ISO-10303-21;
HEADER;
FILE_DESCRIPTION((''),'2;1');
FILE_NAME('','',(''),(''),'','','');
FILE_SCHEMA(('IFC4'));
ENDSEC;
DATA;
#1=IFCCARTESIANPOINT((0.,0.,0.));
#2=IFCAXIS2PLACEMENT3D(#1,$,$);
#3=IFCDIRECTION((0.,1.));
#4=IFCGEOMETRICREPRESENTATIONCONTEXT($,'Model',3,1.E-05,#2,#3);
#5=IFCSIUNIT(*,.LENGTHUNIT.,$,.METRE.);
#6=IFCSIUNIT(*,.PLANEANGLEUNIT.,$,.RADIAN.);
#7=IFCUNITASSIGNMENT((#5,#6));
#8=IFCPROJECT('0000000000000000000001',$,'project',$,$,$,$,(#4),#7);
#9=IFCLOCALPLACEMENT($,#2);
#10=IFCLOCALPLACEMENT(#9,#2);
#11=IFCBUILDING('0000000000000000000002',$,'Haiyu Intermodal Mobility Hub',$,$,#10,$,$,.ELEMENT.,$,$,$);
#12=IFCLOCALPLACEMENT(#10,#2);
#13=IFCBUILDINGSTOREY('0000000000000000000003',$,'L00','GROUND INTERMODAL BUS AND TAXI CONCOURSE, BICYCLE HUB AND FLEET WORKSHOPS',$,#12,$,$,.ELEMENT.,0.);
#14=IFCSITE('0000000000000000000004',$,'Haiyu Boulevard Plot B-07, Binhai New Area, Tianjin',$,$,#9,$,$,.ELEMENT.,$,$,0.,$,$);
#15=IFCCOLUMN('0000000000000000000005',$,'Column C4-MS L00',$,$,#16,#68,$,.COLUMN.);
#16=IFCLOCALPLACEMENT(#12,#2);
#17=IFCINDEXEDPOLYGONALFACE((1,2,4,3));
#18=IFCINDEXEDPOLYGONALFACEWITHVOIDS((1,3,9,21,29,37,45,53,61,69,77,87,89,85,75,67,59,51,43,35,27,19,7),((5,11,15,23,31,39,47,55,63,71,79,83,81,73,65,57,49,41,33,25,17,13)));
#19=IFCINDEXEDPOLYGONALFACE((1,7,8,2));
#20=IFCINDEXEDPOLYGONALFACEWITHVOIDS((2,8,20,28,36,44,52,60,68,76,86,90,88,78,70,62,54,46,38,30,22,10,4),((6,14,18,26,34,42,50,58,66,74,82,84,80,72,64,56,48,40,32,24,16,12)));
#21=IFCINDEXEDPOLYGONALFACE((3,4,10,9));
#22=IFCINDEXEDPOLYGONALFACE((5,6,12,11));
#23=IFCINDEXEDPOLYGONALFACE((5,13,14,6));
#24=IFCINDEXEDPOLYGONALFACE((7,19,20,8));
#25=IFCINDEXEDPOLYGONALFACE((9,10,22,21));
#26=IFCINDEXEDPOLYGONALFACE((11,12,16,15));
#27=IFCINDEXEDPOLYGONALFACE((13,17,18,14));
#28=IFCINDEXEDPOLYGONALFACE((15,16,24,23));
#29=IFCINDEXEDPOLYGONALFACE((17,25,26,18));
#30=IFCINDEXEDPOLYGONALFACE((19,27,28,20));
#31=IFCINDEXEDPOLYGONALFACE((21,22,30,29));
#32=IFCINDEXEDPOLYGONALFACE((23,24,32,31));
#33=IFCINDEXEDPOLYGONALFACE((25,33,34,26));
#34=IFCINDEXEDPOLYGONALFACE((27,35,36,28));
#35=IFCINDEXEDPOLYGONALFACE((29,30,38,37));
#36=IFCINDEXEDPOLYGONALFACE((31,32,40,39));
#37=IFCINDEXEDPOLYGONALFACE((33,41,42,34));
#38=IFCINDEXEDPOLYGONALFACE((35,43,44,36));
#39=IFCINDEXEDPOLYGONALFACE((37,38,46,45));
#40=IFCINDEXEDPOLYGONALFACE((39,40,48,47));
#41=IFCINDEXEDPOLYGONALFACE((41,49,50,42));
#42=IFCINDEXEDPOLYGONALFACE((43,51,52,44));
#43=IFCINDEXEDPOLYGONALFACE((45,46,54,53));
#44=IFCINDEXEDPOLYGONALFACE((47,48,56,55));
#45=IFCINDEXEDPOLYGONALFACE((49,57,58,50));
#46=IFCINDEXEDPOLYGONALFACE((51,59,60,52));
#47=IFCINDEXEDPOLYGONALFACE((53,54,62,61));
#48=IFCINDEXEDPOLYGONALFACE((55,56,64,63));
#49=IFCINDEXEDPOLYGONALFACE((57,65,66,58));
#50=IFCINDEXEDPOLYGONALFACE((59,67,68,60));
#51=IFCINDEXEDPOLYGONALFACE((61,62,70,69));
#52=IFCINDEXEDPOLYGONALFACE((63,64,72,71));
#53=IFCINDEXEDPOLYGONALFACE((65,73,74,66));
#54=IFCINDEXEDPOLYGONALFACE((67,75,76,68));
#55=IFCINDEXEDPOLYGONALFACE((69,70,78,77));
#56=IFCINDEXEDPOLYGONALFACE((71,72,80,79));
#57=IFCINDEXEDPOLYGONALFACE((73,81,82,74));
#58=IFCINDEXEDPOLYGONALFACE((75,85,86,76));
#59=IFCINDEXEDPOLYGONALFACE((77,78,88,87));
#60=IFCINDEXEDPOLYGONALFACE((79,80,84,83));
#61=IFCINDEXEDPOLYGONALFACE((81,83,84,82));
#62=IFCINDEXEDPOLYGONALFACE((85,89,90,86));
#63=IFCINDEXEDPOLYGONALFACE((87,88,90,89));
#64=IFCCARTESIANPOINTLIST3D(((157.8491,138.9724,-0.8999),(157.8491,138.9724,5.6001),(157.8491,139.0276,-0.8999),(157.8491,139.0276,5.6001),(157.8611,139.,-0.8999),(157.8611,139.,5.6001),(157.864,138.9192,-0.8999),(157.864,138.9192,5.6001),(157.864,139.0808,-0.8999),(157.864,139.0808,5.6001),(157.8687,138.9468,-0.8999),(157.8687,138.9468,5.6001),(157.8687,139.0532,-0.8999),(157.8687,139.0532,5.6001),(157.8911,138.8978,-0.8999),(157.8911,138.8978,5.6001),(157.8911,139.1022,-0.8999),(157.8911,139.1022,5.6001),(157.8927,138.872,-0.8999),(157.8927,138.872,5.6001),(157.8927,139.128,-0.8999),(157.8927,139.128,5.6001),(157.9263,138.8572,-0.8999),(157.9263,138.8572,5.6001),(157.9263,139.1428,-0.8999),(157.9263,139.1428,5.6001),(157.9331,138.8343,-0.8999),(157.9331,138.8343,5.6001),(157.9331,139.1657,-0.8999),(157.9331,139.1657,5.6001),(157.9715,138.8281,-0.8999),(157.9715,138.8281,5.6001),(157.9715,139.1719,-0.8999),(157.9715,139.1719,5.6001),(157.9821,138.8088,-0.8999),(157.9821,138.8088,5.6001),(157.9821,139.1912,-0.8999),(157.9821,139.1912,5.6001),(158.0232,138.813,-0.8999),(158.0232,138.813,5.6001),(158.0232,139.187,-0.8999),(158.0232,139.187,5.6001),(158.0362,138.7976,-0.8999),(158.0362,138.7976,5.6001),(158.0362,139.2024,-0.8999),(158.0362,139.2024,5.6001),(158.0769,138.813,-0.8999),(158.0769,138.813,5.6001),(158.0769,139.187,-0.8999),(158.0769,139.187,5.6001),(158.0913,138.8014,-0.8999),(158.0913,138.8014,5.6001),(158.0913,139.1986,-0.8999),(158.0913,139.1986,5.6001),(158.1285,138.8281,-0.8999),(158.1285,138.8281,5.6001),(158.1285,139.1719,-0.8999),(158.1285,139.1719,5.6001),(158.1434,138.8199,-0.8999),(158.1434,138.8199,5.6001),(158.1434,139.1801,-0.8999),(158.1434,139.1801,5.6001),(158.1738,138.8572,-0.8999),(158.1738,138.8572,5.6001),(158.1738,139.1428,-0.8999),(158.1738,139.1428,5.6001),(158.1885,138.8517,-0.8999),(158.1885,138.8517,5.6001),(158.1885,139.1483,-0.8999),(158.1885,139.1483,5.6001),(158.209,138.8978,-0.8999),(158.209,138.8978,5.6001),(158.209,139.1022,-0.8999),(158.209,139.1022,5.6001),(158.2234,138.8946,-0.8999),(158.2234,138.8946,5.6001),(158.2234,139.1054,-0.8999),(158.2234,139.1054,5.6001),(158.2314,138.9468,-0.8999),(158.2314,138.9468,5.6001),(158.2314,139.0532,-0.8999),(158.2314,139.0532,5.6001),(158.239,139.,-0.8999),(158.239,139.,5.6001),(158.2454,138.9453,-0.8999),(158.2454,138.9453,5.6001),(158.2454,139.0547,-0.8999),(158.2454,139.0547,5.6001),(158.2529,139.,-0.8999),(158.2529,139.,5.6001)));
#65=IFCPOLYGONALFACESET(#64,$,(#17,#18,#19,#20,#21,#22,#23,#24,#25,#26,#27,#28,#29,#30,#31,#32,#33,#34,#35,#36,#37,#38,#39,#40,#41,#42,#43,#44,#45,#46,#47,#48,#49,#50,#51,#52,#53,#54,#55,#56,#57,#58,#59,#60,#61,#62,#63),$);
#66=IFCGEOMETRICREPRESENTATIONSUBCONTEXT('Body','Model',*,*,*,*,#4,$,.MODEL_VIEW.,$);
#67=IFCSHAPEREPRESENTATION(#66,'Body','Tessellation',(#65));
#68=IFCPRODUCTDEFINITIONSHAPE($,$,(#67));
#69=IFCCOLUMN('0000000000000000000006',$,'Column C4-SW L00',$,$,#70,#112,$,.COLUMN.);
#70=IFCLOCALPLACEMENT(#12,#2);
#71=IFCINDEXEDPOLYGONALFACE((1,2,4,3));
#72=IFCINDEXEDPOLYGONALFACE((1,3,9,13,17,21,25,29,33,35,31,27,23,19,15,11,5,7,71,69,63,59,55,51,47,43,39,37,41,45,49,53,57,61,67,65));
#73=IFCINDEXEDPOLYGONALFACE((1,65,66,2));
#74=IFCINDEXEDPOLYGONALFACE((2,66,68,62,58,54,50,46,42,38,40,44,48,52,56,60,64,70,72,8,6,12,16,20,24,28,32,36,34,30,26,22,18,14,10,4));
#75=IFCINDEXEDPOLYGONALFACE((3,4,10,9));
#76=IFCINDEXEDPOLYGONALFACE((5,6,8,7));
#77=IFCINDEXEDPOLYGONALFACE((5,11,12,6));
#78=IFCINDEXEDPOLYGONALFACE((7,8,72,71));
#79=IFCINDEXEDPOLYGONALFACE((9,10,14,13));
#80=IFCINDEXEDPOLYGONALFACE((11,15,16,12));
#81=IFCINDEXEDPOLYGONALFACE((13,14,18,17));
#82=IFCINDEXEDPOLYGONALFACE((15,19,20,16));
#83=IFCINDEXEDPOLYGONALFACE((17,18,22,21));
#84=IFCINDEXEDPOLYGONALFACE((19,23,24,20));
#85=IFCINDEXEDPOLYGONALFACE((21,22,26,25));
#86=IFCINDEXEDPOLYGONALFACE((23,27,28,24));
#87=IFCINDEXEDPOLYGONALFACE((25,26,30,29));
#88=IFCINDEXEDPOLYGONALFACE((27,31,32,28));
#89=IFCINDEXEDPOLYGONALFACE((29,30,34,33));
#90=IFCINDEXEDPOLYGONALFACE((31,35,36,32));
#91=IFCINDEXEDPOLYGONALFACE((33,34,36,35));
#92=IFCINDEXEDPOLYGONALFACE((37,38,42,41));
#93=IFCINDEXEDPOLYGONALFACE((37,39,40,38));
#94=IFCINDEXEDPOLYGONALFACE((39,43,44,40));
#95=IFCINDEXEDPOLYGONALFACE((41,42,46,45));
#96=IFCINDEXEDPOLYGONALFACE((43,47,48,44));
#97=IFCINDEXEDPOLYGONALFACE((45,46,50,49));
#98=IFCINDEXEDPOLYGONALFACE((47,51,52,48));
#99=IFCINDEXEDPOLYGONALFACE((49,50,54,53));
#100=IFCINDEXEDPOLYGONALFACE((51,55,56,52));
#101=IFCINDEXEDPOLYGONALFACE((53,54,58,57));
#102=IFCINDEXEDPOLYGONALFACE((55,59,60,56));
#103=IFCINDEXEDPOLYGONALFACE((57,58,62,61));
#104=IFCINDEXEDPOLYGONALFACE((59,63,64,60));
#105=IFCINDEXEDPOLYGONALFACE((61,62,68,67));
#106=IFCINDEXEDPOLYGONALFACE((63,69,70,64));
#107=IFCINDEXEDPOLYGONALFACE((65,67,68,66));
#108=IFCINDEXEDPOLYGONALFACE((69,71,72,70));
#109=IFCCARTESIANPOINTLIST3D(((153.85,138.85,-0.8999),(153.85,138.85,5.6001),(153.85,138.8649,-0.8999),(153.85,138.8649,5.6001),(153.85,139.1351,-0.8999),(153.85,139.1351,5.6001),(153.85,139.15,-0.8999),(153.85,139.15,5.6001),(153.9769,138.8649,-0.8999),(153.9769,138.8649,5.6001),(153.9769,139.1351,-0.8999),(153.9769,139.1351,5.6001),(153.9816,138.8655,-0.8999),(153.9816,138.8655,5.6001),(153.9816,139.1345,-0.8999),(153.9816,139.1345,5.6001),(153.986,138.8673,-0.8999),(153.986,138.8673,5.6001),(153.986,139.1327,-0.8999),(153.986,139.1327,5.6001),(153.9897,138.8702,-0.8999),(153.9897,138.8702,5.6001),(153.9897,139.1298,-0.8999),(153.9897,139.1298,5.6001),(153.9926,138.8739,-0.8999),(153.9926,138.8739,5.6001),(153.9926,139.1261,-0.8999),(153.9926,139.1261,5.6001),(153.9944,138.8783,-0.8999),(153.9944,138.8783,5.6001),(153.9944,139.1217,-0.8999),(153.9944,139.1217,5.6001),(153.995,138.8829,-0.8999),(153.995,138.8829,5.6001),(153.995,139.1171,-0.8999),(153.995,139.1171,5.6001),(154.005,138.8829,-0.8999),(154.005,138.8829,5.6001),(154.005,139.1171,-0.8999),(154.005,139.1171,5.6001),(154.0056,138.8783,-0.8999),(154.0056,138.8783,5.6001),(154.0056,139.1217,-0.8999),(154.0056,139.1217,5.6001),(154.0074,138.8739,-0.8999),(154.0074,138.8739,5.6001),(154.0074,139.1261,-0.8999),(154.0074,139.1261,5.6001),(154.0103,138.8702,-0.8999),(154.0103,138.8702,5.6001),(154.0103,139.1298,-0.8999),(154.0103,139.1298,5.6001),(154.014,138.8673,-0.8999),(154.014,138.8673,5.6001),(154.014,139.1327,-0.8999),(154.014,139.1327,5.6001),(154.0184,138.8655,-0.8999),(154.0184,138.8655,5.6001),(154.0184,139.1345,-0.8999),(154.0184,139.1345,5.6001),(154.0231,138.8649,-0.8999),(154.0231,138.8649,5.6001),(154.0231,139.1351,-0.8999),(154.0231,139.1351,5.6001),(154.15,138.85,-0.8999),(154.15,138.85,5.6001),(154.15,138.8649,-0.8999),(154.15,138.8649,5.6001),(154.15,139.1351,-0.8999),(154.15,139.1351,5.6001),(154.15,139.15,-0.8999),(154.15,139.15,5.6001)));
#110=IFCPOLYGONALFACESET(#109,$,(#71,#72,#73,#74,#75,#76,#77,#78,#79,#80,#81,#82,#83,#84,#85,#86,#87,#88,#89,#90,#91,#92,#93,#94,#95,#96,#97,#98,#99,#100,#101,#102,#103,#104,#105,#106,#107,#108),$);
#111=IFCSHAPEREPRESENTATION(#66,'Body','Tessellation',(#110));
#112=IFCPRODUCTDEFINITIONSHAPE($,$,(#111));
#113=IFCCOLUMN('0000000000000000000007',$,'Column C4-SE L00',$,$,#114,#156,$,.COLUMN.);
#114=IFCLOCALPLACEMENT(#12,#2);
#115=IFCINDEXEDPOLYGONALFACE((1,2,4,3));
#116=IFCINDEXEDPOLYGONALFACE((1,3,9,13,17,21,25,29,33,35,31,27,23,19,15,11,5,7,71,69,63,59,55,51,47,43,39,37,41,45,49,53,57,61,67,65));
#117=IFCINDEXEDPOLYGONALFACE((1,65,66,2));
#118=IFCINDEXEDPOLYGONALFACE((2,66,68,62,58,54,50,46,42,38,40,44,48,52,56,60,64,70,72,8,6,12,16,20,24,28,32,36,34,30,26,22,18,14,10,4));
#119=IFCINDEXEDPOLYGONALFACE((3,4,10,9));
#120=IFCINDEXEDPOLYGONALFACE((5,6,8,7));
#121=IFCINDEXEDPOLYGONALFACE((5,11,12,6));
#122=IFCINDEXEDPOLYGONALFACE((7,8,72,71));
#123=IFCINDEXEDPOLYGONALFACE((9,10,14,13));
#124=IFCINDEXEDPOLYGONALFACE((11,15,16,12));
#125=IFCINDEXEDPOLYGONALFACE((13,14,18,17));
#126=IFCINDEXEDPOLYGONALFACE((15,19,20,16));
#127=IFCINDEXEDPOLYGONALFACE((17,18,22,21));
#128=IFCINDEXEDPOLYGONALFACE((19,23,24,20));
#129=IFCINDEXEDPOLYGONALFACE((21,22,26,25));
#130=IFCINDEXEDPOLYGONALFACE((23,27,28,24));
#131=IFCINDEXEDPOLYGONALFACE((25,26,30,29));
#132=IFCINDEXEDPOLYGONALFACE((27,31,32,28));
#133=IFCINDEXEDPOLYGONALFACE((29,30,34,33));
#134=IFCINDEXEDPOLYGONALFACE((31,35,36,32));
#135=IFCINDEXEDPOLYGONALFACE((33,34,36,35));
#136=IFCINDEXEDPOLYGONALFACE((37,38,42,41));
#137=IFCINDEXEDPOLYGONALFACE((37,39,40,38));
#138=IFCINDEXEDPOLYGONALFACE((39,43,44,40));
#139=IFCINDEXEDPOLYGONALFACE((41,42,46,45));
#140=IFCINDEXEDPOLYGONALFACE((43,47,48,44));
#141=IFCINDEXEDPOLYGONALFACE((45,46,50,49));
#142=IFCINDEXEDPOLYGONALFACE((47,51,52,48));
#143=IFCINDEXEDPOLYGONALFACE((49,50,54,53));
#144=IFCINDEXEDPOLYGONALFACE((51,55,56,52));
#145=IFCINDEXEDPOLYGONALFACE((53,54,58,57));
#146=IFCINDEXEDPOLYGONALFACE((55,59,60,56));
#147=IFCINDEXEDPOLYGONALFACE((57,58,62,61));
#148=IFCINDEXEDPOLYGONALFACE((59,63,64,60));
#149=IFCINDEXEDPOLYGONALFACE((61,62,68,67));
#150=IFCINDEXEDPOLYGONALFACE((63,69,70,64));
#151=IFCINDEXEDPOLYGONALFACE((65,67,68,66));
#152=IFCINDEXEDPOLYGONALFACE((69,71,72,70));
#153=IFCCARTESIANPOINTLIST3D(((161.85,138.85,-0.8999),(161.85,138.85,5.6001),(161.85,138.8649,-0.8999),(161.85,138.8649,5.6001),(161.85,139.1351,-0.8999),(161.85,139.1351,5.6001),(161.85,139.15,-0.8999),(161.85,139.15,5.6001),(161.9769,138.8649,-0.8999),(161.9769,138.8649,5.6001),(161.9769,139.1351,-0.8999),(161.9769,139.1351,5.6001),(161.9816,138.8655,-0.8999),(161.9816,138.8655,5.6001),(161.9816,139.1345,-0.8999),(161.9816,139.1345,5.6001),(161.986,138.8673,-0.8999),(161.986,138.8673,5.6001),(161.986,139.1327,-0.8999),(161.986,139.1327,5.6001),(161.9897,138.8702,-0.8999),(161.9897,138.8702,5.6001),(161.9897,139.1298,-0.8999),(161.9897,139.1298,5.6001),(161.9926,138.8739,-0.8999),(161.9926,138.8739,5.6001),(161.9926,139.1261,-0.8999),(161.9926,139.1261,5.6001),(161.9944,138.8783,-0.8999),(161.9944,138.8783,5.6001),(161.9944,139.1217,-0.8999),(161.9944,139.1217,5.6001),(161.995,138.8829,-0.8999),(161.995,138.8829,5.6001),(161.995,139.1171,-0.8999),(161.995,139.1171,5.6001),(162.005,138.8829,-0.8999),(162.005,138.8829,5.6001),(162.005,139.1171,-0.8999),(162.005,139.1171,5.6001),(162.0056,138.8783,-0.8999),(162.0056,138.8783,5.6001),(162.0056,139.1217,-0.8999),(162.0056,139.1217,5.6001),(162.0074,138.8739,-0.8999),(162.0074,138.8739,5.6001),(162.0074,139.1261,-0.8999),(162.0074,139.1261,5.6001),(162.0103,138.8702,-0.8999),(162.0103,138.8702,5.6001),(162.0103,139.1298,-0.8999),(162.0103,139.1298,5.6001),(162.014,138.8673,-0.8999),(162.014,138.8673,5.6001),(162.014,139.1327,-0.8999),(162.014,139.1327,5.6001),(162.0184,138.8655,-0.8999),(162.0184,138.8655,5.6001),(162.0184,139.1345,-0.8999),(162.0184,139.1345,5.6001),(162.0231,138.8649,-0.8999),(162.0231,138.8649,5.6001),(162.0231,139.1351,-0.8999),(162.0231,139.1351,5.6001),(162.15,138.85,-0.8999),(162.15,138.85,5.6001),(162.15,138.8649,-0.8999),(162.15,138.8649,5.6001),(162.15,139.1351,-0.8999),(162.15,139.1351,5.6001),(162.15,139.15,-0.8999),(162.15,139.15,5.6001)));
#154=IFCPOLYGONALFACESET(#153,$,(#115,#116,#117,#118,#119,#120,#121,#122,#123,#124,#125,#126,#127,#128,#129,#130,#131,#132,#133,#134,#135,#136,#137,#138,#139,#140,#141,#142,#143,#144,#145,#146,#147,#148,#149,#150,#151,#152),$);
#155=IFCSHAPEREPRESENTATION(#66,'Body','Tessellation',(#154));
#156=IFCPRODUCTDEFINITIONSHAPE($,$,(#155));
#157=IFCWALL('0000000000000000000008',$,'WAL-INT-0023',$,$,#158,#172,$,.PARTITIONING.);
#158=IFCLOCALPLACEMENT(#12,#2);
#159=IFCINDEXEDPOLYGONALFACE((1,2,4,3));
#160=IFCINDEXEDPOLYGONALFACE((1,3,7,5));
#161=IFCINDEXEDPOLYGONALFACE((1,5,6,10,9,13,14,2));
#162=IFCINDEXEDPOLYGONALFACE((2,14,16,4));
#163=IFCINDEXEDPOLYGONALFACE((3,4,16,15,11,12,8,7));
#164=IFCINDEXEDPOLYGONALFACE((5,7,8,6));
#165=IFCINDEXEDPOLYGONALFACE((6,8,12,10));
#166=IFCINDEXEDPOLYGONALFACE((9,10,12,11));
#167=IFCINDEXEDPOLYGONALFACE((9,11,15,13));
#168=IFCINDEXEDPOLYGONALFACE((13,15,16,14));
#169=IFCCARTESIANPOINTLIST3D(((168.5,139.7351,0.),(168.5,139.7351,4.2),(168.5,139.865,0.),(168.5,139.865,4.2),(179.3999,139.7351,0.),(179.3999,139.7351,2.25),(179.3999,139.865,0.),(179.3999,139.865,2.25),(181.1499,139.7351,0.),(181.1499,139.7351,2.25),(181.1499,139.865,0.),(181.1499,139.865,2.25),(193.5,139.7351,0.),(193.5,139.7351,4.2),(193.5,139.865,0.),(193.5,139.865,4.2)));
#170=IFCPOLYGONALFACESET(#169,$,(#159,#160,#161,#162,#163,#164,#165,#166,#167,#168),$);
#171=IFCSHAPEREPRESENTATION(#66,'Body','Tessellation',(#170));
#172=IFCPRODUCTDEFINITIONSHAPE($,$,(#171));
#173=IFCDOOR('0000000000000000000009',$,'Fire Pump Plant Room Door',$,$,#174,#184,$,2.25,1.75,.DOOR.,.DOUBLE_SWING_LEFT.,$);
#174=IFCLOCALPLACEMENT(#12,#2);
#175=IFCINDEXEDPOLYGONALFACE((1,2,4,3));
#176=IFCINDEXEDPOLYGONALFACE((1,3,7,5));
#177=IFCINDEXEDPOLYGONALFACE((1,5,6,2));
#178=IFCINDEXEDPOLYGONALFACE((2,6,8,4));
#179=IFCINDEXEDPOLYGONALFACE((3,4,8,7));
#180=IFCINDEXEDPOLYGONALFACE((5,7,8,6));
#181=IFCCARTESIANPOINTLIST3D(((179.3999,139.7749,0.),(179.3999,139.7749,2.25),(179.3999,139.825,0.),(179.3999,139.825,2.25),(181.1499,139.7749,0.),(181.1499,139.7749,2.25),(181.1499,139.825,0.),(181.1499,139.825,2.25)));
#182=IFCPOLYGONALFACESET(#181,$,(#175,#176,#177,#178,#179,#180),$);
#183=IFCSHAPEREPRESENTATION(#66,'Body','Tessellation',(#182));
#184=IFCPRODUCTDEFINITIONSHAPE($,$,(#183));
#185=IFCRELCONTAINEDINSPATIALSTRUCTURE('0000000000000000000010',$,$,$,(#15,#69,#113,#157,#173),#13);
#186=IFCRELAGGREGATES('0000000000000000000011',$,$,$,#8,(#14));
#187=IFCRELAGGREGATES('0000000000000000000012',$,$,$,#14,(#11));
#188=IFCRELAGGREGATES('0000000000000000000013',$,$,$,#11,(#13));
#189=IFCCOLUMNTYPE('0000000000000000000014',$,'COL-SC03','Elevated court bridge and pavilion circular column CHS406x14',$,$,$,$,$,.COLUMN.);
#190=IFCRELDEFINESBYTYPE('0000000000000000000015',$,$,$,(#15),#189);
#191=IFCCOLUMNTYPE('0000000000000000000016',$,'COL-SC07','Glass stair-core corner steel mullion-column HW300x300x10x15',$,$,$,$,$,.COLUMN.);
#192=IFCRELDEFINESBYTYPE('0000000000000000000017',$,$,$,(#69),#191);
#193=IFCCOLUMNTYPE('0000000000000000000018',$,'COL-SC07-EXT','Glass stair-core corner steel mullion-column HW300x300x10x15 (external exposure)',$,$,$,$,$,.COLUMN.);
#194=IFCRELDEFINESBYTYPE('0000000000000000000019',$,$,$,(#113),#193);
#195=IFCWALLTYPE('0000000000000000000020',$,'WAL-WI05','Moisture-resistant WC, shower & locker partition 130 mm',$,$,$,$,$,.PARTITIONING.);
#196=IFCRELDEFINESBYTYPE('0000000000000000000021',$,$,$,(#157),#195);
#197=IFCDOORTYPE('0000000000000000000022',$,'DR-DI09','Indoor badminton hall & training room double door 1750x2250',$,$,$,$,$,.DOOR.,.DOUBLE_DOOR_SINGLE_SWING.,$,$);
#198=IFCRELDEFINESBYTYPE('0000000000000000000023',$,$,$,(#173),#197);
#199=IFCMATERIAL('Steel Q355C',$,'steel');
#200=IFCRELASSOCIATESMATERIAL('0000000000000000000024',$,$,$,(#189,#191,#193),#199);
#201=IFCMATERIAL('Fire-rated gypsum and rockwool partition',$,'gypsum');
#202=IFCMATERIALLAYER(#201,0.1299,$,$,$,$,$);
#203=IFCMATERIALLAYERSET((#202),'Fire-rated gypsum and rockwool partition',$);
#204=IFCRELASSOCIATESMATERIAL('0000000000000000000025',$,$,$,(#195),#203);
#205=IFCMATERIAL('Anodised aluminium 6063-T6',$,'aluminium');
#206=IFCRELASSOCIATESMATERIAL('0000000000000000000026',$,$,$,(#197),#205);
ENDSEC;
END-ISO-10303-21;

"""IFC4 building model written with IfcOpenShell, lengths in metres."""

from ifc_helpers import new_model, si_unit, direction, frame, frame_2d, origin, origin_2d, place, context, subcontext, project, spatial, rectangle, hollow_circle, i_section, extrude, material, layer, layer_set, material_profile, profile_set, type_object, element, fill, save


model = new_model("IFC4")

# Units and contexts
model_context = context("Model", 3, precision=1e-05, world=origin(), true_north=direction((0.0, 1.0)))
body_context = subcontext(model_context, "Body", "Model", "MODEL_VIEW")
ifc_project = project(units=[si_unit("LENGTHUNIT", "METRE"), si_unit("PLANEANGLEUNIT", "RADIAN")], contexts=[model_context])

# Site, building, storey
site_placement = place(None, origin())
site = spatial("IfcSite", under=ifc_project, at=site_placement, Name="Haiyu Boulevard Plot B-07, Binhai New Area, Tianjin", CompositionType="ELEMENT", RefElevation=0.0)
building_placement = place(site_placement, origin())
building = spatial("IfcBuilding", under=site, at=building_placement, Name="Haiyu Intermodal Mobility Hub", CompositionType="ELEMENT")
storey_placement = place(building_placement, origin())
storey = spatial("IfcBuildingStorey", under=building, at=storey_placement, Name="L00", Description="GROUND INTERMODAL BUS AND TAXI CONCOURSE, BICYCLE HUB AND FLEET WORKSHOPS", CompositionType="ELEMENT", Elevation=0.0)

# Columns
ifc_material_1 = material(Name="Steel Q355C", Category="steel")
ifc_material_profile_1 = material_profile(ifc_material_1, hollow_circle(Radius=0.2029, WallThickness=0.0139, at=origin_2d()), Name="CHS406x14")
ifc_profile_set_1 = profile_set([ifc_material_profile_1], Name="Steel Q355C")
column_type_1 = type_object("IfcColumnType", Name="COL-SC03", Description="Elevated court bridge and pavilion circular column CHS406x14", PredefinedType="COLUMN", material=ifc_profile_set_1)
column_1_placement = place(storey_placement, frame((158.05, 139.0, -0.8999), z_axis=(0.0, 0.0, 1.0), x_axis=(1.0, 0.0, 0.0)))
element("IfcColumn", 1, at=column_1_placement, inside=storey, type_object=column_type_1, Name="Column C4-MS L00", PredefinedType="COLUMN", context=body_context, shape_type="SweptSolid", body=[
    extrude(hollow_circle(Radius=0.2029, WallThickness=0.0139, at=origin_2d()), origin(), (0.0, 0.0, 1.0), 6.5),
])
ifc_material_profile_2 = material_profile(ifc_material_1, i_section(OverallWidth=0.3, OverallDepth=0.3, WebThickness=0.01, FlangeThickness=0.0149, FilletRadius=0.0181, at=origin_2d()), Name="HW300x300x10x15")
ifc_profile_set_2 = profile_set([ifc_material_profile_2], Name="Steel Q355C")
column_type_2 = type_object("IfcColumnType", Name="COL-SC07", Description="Glass stair-core corner steel mullion-column HW300x300x10x15", PredefinedType="COLUMN", material=ifc_profile_set_2)
column_2_placement = place(storey_placement, frame((154.0, 139.0, -0.8999), z_axis=(0.0, 0.0, 1.0), x_axis=(1.0, 0.0, 0.0)))
element("IfcColumn", 2, at=column_2_placement, inside=storey, type_object=column_type_2, Name="Column C4-SW L00", PredefinedType="COLUMN", context=body_context, shape_type="SweptSolid", body=[
    extrude(i_section(OverallWidth=0.3, OverallDepth=0.3, WebThickness=0.01, FlangeThickness=0.0149, FilletRadius=0.0181, at=origin_2d()), origin(), (0.0, 0.0, 1.0), 6.5),
])
ifc_material_profile_3 = material_profile(ifc_material_1, i_section(OverallWidth=0.3, OverallDepth=0.3, WebThickness=0.01, FlangeThickness=0.0149, FilletRadius=0.0181, at=origin_2d()), Name="HW300x300x10x15")
ifc_profile_set_3 = profile_set([ifc_material_profile_3], Name="Steel Q355C")
column_type_3 = type_object("IfcColumnType", Name="COL-SC07-EXT", Description="Glass stair-core corner steel mullion-column HW300x300x10x15 (external exposure)", PredefinedType="COLUMN", material=ifc_profile_set_3)
column_3_placement = place(storey_placement, frame((162.0, 139.0, -0.8999), z_axis=(0.0, 0.0, 1.0), x_axis=(1.0, 0.0, 0.0)))
element("IfcColumn", 3, at=column_3_placement, inside=storey, type_object=column_type_3, Name="Column C4-SE L00", PredefinedType="COLUMN", context=body_context, shape_type="SweptSolid", body=[
    extrude(i_section(OverallWidth=0.3, OverallDepth=0.3, WebThickness=0.01, FlangeThickness=0.0149, FilletRadius=0.0181, at=origin_2d()), origin(), (0.0, 0.0, 1.0), 6.5),
])

# Wall, opening, door
ifc_material_2 = material(Name="Fire-rated gypsum and rockwool partition", Category="gypsum")
ifc_layer_1 = layer(ifc_material_2, 0.1299)
ifc_layer_set_1 = layer_set([ifc_layer_1], Name="Fire-rated gypsum and rockwool partition")
wall_type_1 = type_object("IfcWallType", Name="WAL-WI05", Description="Moisture-resistant WC, shower & locker partition 130 mm", PredefinedType="PARTITIONING", material=ifc_layer_set_1)
wall_1_placement = place(storey_placement, frame((168.5, 139.8, 0.0), z_axis=(0.0, 0.0, 1.0), x_axis=(1.0, 0.0, 0.0)))
wall_1 = element("IfcWall", 4, at=wall_1_placement, inside=storey, type_object=wall_type_1, Name="WAL-INT-0023", PredefinedType="PARTITIONING", context=body_context, shape_type="SweptSolid", body=[
    extrude(rectangle(XDim=25.0, YDim=0.1299, at=frame_2d((12.5, 0.0))), origin(), (0.0, 0.0, 1.0), 4.2),
])
opening_1_placement = place(wall_1_placement, frame((10.8999, 0.0, 0.0)))
opening_1 = element("IfcOpeningElement", 5, at=opening_1_placement, cuts=wall_1, PredefinedType="OPENING", context=body_context, shape_type="SweptSolid", body=[
    extrude(rectangle(XDim=1.75, YDim=2.25, at=frame_2d((0.875, 1.125))), frame((0.0, 0.075, 0.0), z_axis=(0.0, -1.0, 0.0), x_axis=(1.0, 0.0, 0.0)), (0.0, 0.0, 1.0), 0.1499),
])
ifc_material_3 = material(Name="Anodised aluminium 6063-T6", Category="aluminium")
door_type_1 = type_object("IfcDoorType", Name="DR-DI09", Description="Indoor badminton hall & training room double door 1750x2250", OperationType="DOUBLE_DOOR_SINGLE_SWING", PredefinedType="DOOR", material=ifc_material_3)
door_1_placement = place(opening_1_placement, origin())
door_1 = element("IfcDoor", 6, at=door_1_placement, inside=storey, type_object=door_type_1, Name="Fire Pump Plant Room Door", OperationType="DOUBLE_SWING_LEFT", OverallHeight=2.25, OverallWidth=1.75, PredefinedType="DOOR", context=body_context, shape_type="SweptSolid", body=[
    extrude(rectangle(XDim=1.75, YDim=2.25, at=frame_2d((0.875, 1.125))), frame((0.0, 0.0249, 0.0), z_axis=(0.0, -1.0, 0.0), x_axis=(1.0, 0.0, 0.0)), (0.0, 0.0, 1.0), 0.05),
])
fill(opening_1, door_1)

save(model, "model.ifc")
